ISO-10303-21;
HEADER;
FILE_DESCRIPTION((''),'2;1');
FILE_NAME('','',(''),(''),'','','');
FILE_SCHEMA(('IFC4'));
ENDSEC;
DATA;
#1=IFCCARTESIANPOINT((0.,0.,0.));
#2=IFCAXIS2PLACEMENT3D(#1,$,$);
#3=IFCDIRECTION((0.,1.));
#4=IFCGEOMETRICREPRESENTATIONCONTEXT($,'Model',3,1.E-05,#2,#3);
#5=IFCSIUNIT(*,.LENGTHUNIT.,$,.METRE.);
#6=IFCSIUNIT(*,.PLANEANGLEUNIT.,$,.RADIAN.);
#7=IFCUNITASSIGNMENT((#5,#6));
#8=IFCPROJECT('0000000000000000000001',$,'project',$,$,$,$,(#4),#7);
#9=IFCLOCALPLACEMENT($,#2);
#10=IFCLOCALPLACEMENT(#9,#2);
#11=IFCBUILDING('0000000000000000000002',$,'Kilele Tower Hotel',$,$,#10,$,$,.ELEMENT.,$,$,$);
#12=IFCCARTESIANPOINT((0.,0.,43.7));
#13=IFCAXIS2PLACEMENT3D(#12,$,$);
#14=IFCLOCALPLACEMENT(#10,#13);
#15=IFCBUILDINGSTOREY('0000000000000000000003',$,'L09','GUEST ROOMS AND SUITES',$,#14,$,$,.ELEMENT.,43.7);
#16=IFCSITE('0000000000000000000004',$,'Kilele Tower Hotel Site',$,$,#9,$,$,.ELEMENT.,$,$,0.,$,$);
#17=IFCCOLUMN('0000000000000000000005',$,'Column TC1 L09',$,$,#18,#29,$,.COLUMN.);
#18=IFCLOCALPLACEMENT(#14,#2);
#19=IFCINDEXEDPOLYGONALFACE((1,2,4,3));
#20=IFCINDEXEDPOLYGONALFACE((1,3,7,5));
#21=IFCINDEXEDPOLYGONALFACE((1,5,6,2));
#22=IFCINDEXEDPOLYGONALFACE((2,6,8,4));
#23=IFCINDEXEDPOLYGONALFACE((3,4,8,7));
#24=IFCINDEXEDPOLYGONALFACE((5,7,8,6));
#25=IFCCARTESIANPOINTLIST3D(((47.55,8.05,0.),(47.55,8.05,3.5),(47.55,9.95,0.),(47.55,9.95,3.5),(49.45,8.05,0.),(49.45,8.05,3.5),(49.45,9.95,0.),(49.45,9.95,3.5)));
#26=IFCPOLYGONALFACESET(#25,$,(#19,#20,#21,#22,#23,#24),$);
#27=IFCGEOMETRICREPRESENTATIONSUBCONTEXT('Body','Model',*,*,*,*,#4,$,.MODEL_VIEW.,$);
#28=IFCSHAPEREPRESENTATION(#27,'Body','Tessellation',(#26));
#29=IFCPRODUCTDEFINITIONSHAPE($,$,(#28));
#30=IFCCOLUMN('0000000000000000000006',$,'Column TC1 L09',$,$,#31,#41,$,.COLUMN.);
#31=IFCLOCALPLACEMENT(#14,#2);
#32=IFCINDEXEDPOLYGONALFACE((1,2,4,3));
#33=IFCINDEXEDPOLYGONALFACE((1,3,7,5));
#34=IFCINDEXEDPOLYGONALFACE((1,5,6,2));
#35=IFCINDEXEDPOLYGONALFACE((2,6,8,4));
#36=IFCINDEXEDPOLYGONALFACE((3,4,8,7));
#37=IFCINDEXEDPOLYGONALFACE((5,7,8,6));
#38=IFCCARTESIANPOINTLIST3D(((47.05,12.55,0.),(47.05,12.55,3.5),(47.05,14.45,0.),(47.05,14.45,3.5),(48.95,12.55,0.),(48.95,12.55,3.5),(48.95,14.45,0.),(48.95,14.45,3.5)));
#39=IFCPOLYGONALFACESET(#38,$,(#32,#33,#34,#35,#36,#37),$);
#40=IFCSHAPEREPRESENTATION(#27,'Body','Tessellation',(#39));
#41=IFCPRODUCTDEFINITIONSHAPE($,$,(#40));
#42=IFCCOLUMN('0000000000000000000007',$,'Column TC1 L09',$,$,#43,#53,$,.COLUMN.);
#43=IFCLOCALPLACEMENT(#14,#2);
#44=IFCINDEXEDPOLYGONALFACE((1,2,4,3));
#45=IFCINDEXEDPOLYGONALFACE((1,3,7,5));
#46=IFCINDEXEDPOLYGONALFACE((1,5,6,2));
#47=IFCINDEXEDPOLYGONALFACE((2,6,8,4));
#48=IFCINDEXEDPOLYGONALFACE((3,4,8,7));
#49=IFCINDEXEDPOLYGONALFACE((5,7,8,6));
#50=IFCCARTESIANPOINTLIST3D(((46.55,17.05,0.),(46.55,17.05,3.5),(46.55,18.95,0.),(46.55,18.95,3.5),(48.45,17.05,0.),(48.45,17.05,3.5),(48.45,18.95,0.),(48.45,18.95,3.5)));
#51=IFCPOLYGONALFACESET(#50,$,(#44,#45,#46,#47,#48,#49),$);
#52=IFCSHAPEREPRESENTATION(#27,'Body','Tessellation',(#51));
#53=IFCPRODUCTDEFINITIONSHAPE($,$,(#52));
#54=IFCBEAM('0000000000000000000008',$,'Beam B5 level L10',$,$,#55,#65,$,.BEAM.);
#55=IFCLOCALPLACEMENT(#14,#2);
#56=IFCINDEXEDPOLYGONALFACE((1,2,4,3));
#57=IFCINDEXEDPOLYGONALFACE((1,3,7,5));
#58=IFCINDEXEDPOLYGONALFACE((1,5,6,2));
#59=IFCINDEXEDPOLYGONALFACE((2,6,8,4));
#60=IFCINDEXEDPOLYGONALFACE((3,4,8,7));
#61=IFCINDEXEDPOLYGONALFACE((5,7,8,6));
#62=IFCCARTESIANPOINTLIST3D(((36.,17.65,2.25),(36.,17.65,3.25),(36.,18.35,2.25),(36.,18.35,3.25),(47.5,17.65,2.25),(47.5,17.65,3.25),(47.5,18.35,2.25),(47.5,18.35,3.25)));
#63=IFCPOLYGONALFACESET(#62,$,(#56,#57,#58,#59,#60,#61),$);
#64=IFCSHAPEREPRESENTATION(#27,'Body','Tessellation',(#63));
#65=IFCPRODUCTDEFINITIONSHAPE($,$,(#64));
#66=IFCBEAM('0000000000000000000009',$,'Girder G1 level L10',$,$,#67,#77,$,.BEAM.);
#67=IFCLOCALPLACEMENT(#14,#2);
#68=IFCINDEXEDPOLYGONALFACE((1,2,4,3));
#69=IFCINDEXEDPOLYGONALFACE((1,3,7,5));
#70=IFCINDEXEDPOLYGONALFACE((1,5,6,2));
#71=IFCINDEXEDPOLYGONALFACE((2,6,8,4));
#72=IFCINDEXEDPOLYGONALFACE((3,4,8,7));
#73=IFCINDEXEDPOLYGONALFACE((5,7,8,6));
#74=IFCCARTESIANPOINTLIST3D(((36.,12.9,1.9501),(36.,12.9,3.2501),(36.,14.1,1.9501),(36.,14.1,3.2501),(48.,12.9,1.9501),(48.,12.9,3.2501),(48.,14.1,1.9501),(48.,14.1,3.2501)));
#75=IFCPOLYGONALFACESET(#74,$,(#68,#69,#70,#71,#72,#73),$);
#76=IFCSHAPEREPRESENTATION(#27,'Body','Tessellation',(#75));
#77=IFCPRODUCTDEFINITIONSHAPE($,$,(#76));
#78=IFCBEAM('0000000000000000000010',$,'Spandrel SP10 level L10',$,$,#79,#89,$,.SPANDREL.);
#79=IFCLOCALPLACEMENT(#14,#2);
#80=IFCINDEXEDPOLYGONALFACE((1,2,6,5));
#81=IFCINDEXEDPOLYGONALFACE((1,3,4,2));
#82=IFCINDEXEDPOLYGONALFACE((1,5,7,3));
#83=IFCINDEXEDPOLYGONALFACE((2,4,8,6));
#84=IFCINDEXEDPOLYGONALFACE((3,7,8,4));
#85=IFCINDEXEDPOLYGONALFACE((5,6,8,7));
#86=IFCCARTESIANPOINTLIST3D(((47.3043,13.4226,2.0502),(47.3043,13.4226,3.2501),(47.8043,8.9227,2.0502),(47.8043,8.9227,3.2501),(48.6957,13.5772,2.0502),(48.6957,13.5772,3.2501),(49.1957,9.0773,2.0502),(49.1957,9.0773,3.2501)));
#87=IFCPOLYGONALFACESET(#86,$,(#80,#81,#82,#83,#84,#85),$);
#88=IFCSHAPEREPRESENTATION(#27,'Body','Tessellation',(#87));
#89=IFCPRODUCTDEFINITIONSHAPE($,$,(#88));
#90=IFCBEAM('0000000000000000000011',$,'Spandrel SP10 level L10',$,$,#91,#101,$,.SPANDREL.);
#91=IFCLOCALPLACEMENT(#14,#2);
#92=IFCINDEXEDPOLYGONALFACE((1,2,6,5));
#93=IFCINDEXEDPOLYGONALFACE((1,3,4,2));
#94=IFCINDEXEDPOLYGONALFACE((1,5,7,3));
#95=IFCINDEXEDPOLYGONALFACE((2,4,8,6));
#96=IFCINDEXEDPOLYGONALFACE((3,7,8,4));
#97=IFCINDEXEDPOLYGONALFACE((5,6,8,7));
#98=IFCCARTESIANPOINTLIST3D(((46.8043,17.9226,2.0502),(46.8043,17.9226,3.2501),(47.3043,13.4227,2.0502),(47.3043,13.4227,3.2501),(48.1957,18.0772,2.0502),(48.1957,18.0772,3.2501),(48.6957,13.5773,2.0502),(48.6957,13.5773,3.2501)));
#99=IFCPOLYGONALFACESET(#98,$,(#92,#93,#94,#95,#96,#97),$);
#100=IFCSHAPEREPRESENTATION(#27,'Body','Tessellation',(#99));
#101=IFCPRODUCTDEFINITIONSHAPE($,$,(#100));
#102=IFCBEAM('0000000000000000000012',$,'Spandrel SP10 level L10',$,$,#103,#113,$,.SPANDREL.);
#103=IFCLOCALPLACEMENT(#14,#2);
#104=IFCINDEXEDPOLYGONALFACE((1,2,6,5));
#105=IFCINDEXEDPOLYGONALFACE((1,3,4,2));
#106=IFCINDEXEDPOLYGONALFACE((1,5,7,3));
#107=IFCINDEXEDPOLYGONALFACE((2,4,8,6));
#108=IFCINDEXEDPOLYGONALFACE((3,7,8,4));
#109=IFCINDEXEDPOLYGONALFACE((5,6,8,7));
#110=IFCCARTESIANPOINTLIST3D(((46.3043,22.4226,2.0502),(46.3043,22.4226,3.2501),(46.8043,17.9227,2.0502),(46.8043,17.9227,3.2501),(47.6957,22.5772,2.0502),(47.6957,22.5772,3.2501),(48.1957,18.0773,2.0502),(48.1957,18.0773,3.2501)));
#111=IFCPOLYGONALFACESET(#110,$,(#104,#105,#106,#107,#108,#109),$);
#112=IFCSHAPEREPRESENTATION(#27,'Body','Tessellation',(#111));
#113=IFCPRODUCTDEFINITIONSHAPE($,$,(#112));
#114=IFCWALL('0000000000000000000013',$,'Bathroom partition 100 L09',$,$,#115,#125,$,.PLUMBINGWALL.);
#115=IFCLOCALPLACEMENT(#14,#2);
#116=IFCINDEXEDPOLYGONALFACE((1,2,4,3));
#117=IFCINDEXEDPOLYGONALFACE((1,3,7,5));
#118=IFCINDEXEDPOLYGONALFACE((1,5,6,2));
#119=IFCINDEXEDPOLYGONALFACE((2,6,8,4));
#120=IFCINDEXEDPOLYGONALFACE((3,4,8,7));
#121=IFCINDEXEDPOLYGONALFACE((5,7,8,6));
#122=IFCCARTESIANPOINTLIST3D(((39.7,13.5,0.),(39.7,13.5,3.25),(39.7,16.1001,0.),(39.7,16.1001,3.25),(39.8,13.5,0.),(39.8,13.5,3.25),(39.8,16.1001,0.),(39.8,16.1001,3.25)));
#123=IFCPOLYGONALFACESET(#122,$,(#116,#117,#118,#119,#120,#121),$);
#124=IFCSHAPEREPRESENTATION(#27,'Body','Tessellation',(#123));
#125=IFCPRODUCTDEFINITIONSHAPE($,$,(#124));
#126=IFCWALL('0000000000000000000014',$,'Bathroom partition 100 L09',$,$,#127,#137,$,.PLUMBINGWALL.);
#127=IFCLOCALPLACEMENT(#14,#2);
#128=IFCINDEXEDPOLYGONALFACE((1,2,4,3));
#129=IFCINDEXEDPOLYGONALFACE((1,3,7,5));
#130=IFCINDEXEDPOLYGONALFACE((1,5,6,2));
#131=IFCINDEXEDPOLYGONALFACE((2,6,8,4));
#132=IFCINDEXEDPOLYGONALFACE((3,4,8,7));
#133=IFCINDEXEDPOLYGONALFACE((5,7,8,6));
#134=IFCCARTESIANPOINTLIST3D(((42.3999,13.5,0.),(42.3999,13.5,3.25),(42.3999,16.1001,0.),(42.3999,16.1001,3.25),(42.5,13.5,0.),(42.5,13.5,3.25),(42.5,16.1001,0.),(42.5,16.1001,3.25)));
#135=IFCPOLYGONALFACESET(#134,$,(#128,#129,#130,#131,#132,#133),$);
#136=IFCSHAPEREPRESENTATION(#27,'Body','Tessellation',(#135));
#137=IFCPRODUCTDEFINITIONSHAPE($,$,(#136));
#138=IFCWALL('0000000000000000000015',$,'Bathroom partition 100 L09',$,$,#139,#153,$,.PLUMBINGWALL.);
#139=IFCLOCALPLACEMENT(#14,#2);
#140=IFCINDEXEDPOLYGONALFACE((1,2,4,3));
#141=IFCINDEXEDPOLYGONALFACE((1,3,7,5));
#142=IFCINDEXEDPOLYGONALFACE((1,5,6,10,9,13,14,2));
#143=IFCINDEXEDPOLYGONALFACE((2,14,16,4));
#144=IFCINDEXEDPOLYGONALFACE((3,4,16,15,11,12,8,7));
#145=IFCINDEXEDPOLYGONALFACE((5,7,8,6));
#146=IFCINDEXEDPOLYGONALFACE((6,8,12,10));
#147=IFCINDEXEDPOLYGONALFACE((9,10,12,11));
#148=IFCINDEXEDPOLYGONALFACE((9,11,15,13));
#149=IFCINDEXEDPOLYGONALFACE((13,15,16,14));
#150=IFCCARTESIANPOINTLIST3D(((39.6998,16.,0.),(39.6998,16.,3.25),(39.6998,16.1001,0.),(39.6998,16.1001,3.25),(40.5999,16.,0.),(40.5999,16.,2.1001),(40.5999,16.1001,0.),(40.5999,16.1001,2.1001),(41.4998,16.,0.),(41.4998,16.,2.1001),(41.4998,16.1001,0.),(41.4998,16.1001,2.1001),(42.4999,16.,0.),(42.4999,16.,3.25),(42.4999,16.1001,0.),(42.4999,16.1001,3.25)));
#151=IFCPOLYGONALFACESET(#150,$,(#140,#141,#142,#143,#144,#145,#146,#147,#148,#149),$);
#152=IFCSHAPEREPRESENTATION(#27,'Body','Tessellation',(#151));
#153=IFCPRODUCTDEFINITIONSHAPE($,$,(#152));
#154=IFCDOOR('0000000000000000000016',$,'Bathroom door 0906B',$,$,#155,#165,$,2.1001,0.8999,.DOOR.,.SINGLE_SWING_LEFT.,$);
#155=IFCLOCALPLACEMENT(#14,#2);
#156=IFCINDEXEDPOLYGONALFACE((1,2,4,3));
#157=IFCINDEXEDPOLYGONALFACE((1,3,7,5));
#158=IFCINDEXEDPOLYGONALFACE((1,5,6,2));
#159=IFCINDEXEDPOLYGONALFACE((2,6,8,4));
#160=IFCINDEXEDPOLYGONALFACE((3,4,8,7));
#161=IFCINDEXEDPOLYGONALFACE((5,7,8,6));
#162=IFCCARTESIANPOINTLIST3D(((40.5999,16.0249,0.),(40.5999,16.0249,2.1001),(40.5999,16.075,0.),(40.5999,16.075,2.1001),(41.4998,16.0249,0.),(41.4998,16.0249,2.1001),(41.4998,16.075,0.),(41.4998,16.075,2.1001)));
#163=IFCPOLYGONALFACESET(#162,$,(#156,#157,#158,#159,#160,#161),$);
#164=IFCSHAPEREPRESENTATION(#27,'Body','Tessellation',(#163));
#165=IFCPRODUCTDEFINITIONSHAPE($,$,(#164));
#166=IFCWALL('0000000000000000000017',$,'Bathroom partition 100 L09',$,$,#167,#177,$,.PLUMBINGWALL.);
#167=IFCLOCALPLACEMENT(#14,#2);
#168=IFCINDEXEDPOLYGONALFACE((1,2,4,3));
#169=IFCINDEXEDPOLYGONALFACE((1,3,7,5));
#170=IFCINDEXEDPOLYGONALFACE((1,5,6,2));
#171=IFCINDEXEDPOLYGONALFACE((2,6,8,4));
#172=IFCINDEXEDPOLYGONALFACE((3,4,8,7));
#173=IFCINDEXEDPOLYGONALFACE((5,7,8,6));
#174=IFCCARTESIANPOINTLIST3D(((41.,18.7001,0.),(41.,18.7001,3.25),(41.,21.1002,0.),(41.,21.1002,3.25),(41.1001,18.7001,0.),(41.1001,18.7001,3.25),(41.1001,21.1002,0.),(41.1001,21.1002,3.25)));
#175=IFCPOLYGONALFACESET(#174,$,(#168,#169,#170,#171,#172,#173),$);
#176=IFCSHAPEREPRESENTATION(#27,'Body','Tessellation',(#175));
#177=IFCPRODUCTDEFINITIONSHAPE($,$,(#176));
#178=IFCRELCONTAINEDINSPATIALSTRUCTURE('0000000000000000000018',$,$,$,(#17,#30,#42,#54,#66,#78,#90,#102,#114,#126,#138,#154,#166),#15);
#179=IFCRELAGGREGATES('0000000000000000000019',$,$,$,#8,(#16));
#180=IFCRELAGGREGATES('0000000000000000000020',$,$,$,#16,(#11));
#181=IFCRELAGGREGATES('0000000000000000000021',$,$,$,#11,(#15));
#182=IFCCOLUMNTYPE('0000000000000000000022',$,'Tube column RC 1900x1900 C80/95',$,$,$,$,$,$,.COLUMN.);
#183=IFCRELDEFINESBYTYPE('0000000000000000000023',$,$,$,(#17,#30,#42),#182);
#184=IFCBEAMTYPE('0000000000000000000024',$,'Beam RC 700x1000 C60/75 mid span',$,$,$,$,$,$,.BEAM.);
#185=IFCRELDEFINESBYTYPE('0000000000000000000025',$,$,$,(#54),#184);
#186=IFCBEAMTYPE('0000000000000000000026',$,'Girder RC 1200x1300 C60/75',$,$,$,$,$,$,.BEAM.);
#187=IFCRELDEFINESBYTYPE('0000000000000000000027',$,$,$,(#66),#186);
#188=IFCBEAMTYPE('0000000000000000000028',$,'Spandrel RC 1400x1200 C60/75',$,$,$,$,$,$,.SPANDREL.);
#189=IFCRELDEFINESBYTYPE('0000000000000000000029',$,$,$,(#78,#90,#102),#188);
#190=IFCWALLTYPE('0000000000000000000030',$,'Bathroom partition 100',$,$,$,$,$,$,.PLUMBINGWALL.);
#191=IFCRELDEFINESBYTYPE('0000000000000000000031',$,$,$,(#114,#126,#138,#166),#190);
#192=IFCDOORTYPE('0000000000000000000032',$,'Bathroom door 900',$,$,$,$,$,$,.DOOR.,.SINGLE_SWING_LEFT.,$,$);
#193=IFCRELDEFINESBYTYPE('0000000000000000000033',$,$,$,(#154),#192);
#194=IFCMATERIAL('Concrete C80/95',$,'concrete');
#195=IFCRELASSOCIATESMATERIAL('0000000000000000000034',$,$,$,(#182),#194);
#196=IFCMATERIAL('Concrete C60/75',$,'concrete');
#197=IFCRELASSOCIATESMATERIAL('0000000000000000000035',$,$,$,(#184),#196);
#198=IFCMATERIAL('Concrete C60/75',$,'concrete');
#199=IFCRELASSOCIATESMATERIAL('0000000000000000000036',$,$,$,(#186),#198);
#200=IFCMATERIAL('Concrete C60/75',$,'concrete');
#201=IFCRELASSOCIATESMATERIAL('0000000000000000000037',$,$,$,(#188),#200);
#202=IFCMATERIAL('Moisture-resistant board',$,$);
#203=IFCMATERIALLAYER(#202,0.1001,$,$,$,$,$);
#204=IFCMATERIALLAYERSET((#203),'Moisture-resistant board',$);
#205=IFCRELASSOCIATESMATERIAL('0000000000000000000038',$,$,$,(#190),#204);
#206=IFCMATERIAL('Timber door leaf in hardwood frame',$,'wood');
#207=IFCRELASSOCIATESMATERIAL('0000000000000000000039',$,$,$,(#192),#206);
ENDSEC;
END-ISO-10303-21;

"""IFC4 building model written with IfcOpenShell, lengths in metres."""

from ifc_helpers import new_model, si_unit, direction, frame, frame_2d, origin, origin_2d, place, context, subcontext, project, spatial, rectangle, extrude, material, layer, layer_set, material_profile, profile_set, type_object, element, fill, save


model = new_model("IFC4")

# Units and contexts
model_context = context("Model", 3, precision=1e-05, world=origin(), true_north=direction((0.0, 1.0)))
body_context = subcontext(model_context, "Body", "Model", "MODEL_VIEW")
ifc_project = project(units=[si_unit("LENGTHUNIT", "METRE"), si_unit("PLANEANGLEUNIT", "RADIAN")], contexts=[model_context])

# Site, building, storey
site_placement = place(None, origin())
site = spatial("IfcSite", under=ifc_project, at=site_placement, Name="Kilele Tower Hotel Site", CompositionType="ELEMENT", RefElevation=0.0)
building_placement = place(site_placement, origin())
building = spatial("IfcBuilding", under=site, at=building_placement, Name="Kilele Tower Hotel", CompositionType="ELEMENT")
storey_placement = place(building_placement, frame((0.0, 0.0, 43.7)))
storey = spatial("IfcBuildingStorey", under=building, at=storey_placement, Name="L09", Description="GUEST ROOMS AND SUITES", CompositionType="ELEMENT", Elevation=43.7)

# Columns
ifc_material_1 = material(Name="Concrete C80/95", Category="concrete")
ifc_material_profile_1 = material_profile(ifc_material_1, rectangle(XDim=1.8999, YDim=1.8999, at=origin_2d()))
ifc_profile_set_1 = profile_set([ifc_material_profile_1], Name="Concrete C80/95")
column_type = type_object("IfcColumnType", Name="Tube column RC 1900x1900 C80/95", PredefinedType="COLUMN", material=ifc_profile_set_1)
for number, where, z_axis, x_axis, name in (
    (1, (48.5, 9.0, 0.0), (0.0, 0.0, 1.0), (1.0, 0.0, 0.0), "Column TC1 L09"),
    (2, (48.0, 13.5, 0.0), (0.0, 0.0, 1.0), (1.0, 0.0, 0.0), "Column TC1 L09"),
    (3, (47.5, 18.0, 0.0), (0.0, 0.0, 1.0), (1.0, 0.0, 0.0), "Column TC1 L09"),
):
    element("IfcColumn", number, at=place(storey_placement, frame(where, z_axis=z_axis, x_axis=x_axis)), inside=storey, type_object=column_type, Name=name, PredefinedType="COLUMN", context=body_context, shape_type="SweptSolid", body=[
        extrude(rectangle(XDim=1.8999, YDim=1.8999, at=origin_2d()), origin(), (0.0, 0.0, 1.0), 3.5),
    ])

# Beams
ifc_material_2 = material(Name="Concrete C60/75", Category="concrete")
ifc_material_profile_2 = material_profile(ifc_material_2, rectangle(XDim=0.7, YDim=1.0, at=origin_2d()))
ifc_profile_set_2 = profile_set([ifc_material_profile_2], Name="Concrete C60/75")
beam_type_1 = type_object("IfcBeamType", Name="Beam RC 700x1000 C60/75 mid span", PredefinedType="BEAM", material=ifc_profile_set_2)
beam_1_placement = place(storey_placement, frame((47.5, 18.0, 2.75), z_axis=(-1.0, 0.0, 0.0), x_axis=(0.0, -1.0, 0.0)))
element("IfcBeam", 4, at=beam_1_placement, inside=storey, type_object=beam_type_1, Name="Beam B5 level L10", PredefinedType="BEAM", context=body_context, shape_type="SweptSolid", body=[
    extrude(rectangle(XDim=0.7, YDim=1.0, at=origin_2d()), origin(), (0.0, 0.0, 1.0), 11.5),
])
ifc_material_3 = material(Name="Concrete C60/75", Category="concrete")
ifc_material_profile_3 = material_profile(ifc_material_3, rectangle(XDim=1.2, YDim=1.3, at=origin_2d()))
ifc_profile_set_3 = profile_set([ifc_material_profile_3], Name="Concrete C60/75")
beam_type_2 = type_object("IfcBeamType", Name="Girder RC 1200x1300 C60/75", PredefinedType="BEAM", material=ifc_profile_set_3)
beam_2_placement = place(storey_placement, frame((48.0, 13.5, 2.6001), z_axis=(-1.0, 0.0, 0.0), x_axis=(0.0, -1.0, 0.0)))
element("IfcBeam", 5, at=beam_2_placement, inside=storey, type_object=beam_type_2, Name="Girder G1 level L10", PredefinedType="BEAM", context=body_context, shape_type="SweptSolid", body=[
    extrude(rectangle(XDim=1.2, YDim=1.3, at=origin_2d()), origin(), (0.0, 0.0, 1.0), 12.0),
])
ifc_material_4 = material(Name="Concrete C60/75", Category="concrete")
ifc_material_profile_4 = material_profile(ifc_material_4, rectangle(XDim=1.3999, YDim=1.2, at=origin_2d()))
ifc_profile_set_4 = profile_set([ifc_material_profile_4], Name="Concrete C60/75")
beam_type_3 = type_object("IfcBeamType", Name="Spandrel RC 1400x1200 C60/75", PredefinedType="SPANDREL", material=ifc_profile_set_4)
for number, where, z_axis, x_axis, name in (
    (6, (48.5, 9.0, 2.6501), (-0.110432, 0.993884, 0.0), (-0.993884, -0.110432, 0.0), "Spandrel SP10 level L10"),
    (7, (48.0, 13.5, 2.6501), (-0.110432, 0.993884, 0.0), (-0.993884, -0.110432, 0.0), "Spandrel SP10 level L10"),
    (8, (47.5, 18.0, 2.6501), (-0.110432, 0.993884, 0.0), (-0.993884, -0.110432, 0.0), "Spandrel SP10 level L10"),
):
    element("IfcBeam", number, at=place(storey_placement, frame(where, z_axis=z_axis, x_axis=x_axis)), inside=storey, type_object=beam_type_3, Name=name, PredefinedType="SPANDREL", context=body_context, shape_type="SweptSolid", body=[
        extrude(rectangle(XDim=1.3999, YDim=1.2, at=origin_2d()), origin(), (0.0, 0.0, 1.0), 4.5276),
    ])

# Walls
ifc_material_5 = material(Name="Moisture-resistant board")
ifc_layer_1 = layer(ifc_material_5, 0.1001)
ifc_layer_set_1 = layer_set([ifc_layer_1], Name="Moisture-resistant board")
wall_type_1 = type_object("IfcWallType", Name="Bathroom partition 100", PredefinedType="PLUMBINGWALL", material=ifc_layer_set_1)
for number, where, z_axis, x_axis, name in (
    (9, (39.75, 13.5, 0.0), (0.0, 0.0, 1.0), (0.0, 1.0, 0.0), "Bathroom partition 100 L09"),
    (10, (42.45, 13.5, 0.0), (0.0, 0.0, 1.0), (0.0, 1.0, 0.0), "Bathroom partition 100 L09"),
):
    element("IfcWall", number, at=place(storey_placement, frame(where, z_axis=z_axis, x_axis=x_axis)), inside=storey, type_object=wall_type_1, Name=name, PredefinedType="PLUMBINGWALL", context=body_context, shape_type="SweptSolid", body=[
        extrude(rectangle(XDim=2.6001, YDim=0.1001, at=frame_2d((1.3, 0.0))), origin(), (0.0, 0.0, 1.0), 3.25),
    ])

# Wall, opening, door
wall_1_placement = place(storey_placement, frame((39.7, 16.05, 0.0), z_axis=(0.0, 0.0, 1.0), x_axis=(1.0, 0.0, 0.0)))
wall_1 = element("IfcWall", 11, at=wall_1_placement, inside=storey, type_object=wall_type_1, Name="Bathroom partition 100 L09", PredefinedType="PLUMBINGWALL", context=body_context, shape_type="SweptSolid", body=[
    extrude(rectangle(XDim=2.8, YDim=0.1001, at=frame_2d((1.3999, 0.0))), origin(), (0.0, 0.0, 1.0), 3.25),
])
opening_1_placement = place(wall_1_placement, frame((0.8999, 0.0, 0.0)))
opening_1 = element("IfcOpeningElement", 12, at=opening_1_placement, cuts=wall_1, PredefinedType="OPENING", context=body_context, shape_type="SweptSolid", body=[
    extrude(rectangle(XDim=0.8999, YDim=2.1001, at=frame_2d((0.45, 1.05))), frame((0.0, 0.0601, 0.0), z_axis=(0.0, -1.0, 0.0), x_axis=(1.0, 0.0, 0.0)), (0.0, 0.0, 1.0), 0.1201),
])
ifc_material_6 = material(Name="Timber door leaf in hardwood frame", Category="wood")
door_type_1 = type_object("IfcDoorType", Name="Bathroom door 900", OperationType="SINGLE_SWING_LEFT", PredefinedType="DOOR", material=ifc_material_6)
door_1_placement = place(opening_1_placement, origin())
door_1 = element("IfcDoor", 13, at=door_1_placement, inside=storey, type_object=door_type_1, Name="Bathroom door 0906B", OperationType="SINGLE_SWING_LEFT", OverallHeight=2.1001, OverallWidth=0.8999, PredefinedType="DOOR", context=body_context, shape_type="SweptSolid", body=[
    extrude(rectangle(XDim=0.8999, YDim=2.1001, at=frame_2d((0.45, 1.05))), frame((0.0, 0.0249, 0.0), z_axis=(0.0, -1.0, 0.0), x_axis=(1.0, 0.0, 0.0)), (0.0, 0.0, 1.0), 0.05),
])
fill(opening_1, door_1)

# Wall
wall_2_placement = place(storey_placement, frame((41.05, 18.7, 0.0), z_axis=(0.0, 0.0, 1.0), x_axis=(0.0, 1.0, 0.0)))
element("IfcWall", 14, at=wall_2_placement, inside=storey, type_object=wall_type_1, Name="Bathroom partition 100 L09", PredefinedType="PLUMBINGWALL", context=body_context, shape_type="SweptSolid", body=[
    extrude(rectangle(XDim=2.4001, YDim=0.1001, at=frame_2d((1.2002, 0.0))), origin(), (0.0, 0.0, 1.0), 3.25),
])

save(model, "model.ifc")
